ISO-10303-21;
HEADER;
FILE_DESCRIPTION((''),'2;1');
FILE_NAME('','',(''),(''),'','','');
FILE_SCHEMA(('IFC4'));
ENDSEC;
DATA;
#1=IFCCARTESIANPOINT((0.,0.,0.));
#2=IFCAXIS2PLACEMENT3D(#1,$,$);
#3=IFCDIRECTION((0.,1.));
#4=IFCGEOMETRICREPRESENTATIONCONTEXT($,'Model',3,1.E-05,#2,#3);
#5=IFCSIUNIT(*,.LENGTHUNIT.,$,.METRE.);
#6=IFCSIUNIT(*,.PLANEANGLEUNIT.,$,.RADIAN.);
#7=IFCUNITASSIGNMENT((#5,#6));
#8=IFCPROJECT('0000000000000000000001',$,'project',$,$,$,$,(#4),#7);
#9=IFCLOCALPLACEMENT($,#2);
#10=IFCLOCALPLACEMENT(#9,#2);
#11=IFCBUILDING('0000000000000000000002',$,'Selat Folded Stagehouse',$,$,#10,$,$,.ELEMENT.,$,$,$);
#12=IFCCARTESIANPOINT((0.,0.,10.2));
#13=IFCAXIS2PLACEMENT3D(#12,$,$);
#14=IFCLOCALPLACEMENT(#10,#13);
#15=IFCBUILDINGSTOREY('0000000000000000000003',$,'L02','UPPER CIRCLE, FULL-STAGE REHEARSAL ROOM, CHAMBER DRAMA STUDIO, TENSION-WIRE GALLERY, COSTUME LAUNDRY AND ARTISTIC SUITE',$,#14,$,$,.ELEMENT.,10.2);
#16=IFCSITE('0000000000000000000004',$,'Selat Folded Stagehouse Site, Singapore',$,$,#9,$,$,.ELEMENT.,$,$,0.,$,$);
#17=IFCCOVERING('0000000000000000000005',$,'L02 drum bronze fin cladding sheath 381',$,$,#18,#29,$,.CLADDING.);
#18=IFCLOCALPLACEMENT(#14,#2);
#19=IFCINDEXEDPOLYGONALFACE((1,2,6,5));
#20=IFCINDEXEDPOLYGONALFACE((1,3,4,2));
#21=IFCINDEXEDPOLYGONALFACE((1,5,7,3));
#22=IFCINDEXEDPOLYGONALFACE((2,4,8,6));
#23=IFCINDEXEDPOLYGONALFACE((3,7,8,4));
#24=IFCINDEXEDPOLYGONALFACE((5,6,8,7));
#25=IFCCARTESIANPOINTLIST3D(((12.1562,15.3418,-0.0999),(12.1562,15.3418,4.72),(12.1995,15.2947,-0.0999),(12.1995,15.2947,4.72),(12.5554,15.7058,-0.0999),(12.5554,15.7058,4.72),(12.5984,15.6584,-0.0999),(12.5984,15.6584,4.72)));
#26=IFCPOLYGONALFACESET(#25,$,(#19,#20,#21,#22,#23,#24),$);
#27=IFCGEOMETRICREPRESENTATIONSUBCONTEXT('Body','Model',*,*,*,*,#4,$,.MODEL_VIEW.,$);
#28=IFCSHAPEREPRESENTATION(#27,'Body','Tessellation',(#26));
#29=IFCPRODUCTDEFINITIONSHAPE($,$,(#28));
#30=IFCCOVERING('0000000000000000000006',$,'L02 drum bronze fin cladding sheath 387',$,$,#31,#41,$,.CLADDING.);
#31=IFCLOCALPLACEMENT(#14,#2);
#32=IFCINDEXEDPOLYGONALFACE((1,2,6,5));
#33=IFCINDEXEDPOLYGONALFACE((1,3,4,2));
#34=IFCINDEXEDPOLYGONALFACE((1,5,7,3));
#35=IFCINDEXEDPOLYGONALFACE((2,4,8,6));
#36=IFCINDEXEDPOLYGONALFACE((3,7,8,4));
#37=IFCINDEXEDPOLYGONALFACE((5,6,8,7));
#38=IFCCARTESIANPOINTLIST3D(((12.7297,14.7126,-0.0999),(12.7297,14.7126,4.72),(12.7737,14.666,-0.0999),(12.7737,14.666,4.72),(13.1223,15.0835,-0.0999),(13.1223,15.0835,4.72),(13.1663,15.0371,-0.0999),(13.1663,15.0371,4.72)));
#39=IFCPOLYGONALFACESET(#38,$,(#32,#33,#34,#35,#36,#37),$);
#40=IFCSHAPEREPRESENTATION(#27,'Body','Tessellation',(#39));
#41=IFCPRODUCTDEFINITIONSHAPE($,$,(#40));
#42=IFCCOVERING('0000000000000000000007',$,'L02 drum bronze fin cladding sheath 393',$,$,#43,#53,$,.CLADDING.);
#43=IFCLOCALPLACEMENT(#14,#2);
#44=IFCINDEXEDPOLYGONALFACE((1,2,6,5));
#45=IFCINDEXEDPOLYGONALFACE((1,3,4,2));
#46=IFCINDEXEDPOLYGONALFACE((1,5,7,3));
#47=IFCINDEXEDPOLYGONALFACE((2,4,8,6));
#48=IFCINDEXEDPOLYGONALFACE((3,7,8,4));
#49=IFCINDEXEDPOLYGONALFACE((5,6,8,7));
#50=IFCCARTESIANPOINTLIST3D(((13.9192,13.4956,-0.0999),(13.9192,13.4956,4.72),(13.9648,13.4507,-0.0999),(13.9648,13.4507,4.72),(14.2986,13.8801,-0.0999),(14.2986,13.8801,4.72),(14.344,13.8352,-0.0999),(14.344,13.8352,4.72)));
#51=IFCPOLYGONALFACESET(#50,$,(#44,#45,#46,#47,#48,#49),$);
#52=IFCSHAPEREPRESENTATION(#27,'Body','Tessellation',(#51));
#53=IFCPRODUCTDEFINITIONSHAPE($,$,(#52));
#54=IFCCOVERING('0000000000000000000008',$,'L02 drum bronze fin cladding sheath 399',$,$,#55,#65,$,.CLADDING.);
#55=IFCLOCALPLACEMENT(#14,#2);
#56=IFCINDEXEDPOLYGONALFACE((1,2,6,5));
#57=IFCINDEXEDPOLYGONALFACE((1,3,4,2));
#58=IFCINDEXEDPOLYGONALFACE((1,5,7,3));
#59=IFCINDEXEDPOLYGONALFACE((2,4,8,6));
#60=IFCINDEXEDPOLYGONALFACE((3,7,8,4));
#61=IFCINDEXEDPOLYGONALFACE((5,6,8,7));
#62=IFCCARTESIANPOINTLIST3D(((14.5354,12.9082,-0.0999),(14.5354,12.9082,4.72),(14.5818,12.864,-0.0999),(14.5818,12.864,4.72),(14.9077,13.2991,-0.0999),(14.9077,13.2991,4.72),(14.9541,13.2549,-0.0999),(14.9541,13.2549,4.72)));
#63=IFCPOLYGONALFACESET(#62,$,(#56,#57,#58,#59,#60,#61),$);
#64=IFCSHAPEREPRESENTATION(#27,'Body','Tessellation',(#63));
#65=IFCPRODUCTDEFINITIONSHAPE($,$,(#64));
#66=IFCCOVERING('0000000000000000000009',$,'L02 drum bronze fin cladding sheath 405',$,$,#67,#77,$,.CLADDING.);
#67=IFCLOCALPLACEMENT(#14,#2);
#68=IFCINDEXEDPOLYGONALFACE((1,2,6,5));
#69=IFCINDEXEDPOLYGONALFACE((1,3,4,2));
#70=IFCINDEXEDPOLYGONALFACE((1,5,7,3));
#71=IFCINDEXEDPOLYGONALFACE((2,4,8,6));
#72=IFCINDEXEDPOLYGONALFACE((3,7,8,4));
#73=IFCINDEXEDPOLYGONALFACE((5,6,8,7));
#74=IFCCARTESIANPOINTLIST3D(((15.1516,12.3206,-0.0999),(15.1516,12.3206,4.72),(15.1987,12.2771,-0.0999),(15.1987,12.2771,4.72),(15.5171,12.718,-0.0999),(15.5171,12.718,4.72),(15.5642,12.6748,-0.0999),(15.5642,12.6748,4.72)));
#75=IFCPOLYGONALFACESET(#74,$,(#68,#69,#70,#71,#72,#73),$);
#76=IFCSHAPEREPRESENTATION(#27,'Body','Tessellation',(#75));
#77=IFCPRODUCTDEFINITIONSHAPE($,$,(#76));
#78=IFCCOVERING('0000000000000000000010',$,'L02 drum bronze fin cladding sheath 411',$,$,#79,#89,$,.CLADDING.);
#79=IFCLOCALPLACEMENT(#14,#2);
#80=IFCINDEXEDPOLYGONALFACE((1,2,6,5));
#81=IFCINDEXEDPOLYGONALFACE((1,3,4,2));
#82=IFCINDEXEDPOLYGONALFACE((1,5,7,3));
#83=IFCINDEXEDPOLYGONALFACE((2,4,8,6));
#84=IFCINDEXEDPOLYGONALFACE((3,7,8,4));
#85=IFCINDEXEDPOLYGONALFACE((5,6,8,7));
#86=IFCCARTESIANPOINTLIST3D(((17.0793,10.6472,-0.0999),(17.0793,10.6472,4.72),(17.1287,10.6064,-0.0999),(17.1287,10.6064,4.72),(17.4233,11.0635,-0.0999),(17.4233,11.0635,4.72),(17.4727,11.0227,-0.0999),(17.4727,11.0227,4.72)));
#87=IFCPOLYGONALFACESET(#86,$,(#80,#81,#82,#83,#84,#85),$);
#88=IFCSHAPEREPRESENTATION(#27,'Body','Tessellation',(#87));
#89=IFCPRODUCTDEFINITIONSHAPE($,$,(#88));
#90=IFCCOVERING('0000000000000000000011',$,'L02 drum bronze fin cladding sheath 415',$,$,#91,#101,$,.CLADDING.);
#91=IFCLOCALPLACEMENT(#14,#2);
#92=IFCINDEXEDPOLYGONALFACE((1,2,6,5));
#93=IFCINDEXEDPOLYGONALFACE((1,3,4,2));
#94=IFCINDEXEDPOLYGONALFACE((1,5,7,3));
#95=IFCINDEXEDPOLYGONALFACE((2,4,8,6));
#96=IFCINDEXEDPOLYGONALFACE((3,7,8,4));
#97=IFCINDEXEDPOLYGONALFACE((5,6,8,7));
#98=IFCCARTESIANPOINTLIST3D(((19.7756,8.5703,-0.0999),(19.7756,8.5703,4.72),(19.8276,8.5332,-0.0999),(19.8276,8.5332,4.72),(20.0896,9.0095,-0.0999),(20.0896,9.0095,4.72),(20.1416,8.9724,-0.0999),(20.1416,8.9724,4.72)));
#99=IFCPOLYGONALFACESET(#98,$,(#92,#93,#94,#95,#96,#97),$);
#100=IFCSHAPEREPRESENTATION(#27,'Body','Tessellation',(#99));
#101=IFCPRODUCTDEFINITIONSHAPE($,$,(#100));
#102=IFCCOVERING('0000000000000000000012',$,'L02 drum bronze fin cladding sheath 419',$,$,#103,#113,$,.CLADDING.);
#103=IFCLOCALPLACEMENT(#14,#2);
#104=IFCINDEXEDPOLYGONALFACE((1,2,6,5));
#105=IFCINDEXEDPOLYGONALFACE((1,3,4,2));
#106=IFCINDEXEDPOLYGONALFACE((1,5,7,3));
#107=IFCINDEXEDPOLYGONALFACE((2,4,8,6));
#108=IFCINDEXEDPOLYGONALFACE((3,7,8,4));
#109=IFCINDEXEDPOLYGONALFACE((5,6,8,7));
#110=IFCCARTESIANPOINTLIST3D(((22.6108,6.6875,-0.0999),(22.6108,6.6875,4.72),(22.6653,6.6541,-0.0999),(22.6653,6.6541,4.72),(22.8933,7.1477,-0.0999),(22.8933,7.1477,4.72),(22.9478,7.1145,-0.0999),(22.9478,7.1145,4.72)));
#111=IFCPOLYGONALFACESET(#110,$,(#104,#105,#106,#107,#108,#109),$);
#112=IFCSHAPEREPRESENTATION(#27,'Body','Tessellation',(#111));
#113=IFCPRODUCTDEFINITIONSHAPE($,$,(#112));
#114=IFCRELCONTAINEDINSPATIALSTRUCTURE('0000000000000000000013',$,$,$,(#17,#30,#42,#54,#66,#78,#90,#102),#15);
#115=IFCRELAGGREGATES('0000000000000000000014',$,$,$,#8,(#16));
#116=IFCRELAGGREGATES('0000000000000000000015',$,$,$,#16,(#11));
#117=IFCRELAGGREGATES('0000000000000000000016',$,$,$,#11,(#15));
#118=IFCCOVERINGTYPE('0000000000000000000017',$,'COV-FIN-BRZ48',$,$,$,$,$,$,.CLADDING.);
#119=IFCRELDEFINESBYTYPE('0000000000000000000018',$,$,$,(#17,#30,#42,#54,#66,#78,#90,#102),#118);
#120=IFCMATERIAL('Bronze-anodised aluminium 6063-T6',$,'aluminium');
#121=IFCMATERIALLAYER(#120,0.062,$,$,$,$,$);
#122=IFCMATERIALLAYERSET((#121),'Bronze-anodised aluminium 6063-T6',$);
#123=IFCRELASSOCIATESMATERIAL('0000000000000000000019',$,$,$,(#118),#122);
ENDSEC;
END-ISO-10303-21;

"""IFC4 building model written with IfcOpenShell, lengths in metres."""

from ifc_helpers import new_model, si_unit, direction, frame, origin, place, context, subcontext, project, spatial, polyline, outline, extrude, material, layer, layer_set, type_object, element, save


model = new_model("IFC4")

# Units and contexts
model_context = context("Model", 3, precision=1e-05, world=origin(), true_north=direction((0.0, 1.0)))
body_context = subcontext(model_context, "Body", "Model", "MODEL_VIEW")
ifc_project = project(units=[si_unit("LENGTHUNIT", "METRE"), si_unit("PLANEANGLEUNIT", "RADIAN")], contexts=[model_context])

# Site, building, storey
site_placement = place(None, origin())
site = spatial("IfcSite", under=ifc_project, at=site_placement, Name="Selat Folded Stagehouse Site, Singapore", CompositionType="ELEMENT", RefElevation=0.0)
building_placement = place(site_placement, origin())
building = spatial("IfcBuilding", under=site, at=building_placement, Name="Selat Folded Stagehouse", CompositionType="ELEMENT")
storey_placement = place(building_placement, frame((0.0, 0.0, 10.2)))
storey = spatial("IfcBuildingStorey", under=building, at=storey_placement, Name="L02", Description="UPPER CIRCLE, FULL-STAGE REHEARSAL ROOM, CHAMBER DRAMA STUDIO, TENSION-WIRE GALLERY, COSTUME LAUNDRY AND ARTISTIC SUITE", CompositionType="ELEMENT", Elevation=10.2)

# Coverings
ifc_material_1 = material(Name="Bronze-anodised aluminium 6063-T6", Category="aluminium")
ifc_layer_1 = layer(ifc_material_1, 0.062)
ifc_layer_set_1 = layer_set([ifc_layer_1], Name="Bronze-anodised aluminium 6063-T6")
covering_type = type_object("IfcCoveringType", Name="COV-FIN-BRZ48", PredefinedType="CLADDING", material=ifc_layer_set_1)
covering_1_placement = place(storey_placement, frame((0.0, 0.0, -0.0999)))
element("IfcCovering", 1, at=covering_1_placement, inside=storey, type_object=covering_type, Name="L02 drum bronze fin cladding sheath 381", PredefinedType="CLADDING", context=body_context, shape_type="SweptSolid", body=[
    extrude(outline(polyline([(12.5554, 15.7058), (12.1562, 15.3418), (12.1995, 15.2947), (12.5984, 15.6584), (12.5554, 15.7058)])), origin(), (0.0, 0.0, 1.0), 4.8198),
])
covering_2_placement = place(storey_placement, frame((0.0, 0.0, -0.0999)))
element("IfcCovering", 2, at=covering_2_placement, inside=storey, type_object=covering_type, Name="L02 drum bronze fin cladding sheath 387", PredefinedType="CLADDING", context=body_context, shape_type="SweptSolid", body=[
    extrude(outline(polyline([(13.1223, 15.0835), (12.7297, 14.7126), (12.7737, 14.666), (13.1663, 15.0371), (13.1223, 15.0835)])), origin(), (0.0, 0.0, 1.0), 4.8198),
])
covering_3_placement = place(storey_placement, frame((0.0, 0.0, -0.0999)))
element("IfcCovering", 3, at=covering_3_placement, inside=storey, type_object=covering_type, Name="L02 drum bronze fin cladding sheath 393", PredefinedType="CLADDING", context=body_context, shape_type="SweptSolid", body=[
    extrude(outline(polyline([(14.2986, 13.8801), (13.9192, 13.4956), (13.9648, 13.4507), (14.344, 13.8352), (14.2986, 13.8801)])), origin(), (0.0, 0.0, 1.0), 4.8198),
])
covering_4_placement = place(storey_placement, frame((0.0, 0.0, -0.0999)))
element("IfcCovering", 4, at=covering_4_placement, inside=storey, type_object=covering_type, Name="L02 drum bronze fin cladding sheath 399", PredefinedType="CLADDING", context=body_context, shape_type="SweptSolid", body=[
    extrude(outline(polyline([(14.9077, 13.2991), (14.5354, 12.9082), (14.5818, 12.864), (14.9541, 13.2549), (14.9077, 13.2991)])), origin(), (0.0, 0.0, 1.0), 4.8198),
])
covering_5_placement = place(storey_placement, frame((0.0, 0.0, -0.0999)))
element("IfcCovering", 5, at=covering_5_placement, inside=storey, type_object=covering_type, Name="L02 drum bronze fin cladding sheath 405", PredefinedType="CLADDING", context=body_context, shape_type="SweptSolid", body=[
    extrude(outline(polyline([(15.5171, 12.718), (15.1516, 12.3206), (15.1987, 12.2771), (15.5642, 12.6748), (15.5171, 12.718)])), origin(), (0.0, 0.0, 1.0), 4.8198),
])
covering_6_placement = place(storey_placement, frame((0.0, 0.0, -0.0999)))
element("IfcCovering", 6, at=covering_6_placement, inside=storey, type_object=covering_type, Name="L02 drum bronze fin cladding sheath 411", PredefinedType="CLADDING", context=body_context, shape_type="SweptSolid", body=[
    extrude(outline(polyline([(17.4233, 11.0635), (17.0793, 10.6472), (17.1287, 10.6064), (17.4727, 11.0227), (17.4233, 11.0635)])), origin(), (0.0, 0.0, 1.0), 4.8198),
])
covering_7_placement = place(storey_placement, frame((0.0, 0.0, -0.0999)))
element("IfcCovering", 7, at=covering_7_placement, inside=storey, type_object=covering_type, Name="L02 drum bronze fin cladding sheath 415", PredefinedType="CLADDING", context=body_context, shape_type="SweptSolid", body=[
    extrude(outline(polyline([(20.0896, 9.0095), (19.7756, 8.5703), (19.8276, 8.5332), (20.1416, 8.9724), (20.0896, 9.0095)])), origin(), (0.0, 0.0, 1.0), 4.8198),
])
covering_8_placement = place(storey_placement, frame((0.0, 0.0, -0.0999)))
element("IfcCovering", 8, at=covering_8_placement, inside=storey, type_object=covering_type, Name="L02 drum bronze fin cladding sheath 419", PredefinedType="CLADDING", context=body_context, shape_type="SweptSolid", body=[
    extrude(outline(polyline([(22.8933, 7.1477), (22.6108, 6.6875), (22.6653, 6.6541), (22.9478, 7.1145), (22.8933, 7.1477)])), origin(), (0.0, 0.0, 1.0), 4.8198),
])

save(model, "model.ifc")
